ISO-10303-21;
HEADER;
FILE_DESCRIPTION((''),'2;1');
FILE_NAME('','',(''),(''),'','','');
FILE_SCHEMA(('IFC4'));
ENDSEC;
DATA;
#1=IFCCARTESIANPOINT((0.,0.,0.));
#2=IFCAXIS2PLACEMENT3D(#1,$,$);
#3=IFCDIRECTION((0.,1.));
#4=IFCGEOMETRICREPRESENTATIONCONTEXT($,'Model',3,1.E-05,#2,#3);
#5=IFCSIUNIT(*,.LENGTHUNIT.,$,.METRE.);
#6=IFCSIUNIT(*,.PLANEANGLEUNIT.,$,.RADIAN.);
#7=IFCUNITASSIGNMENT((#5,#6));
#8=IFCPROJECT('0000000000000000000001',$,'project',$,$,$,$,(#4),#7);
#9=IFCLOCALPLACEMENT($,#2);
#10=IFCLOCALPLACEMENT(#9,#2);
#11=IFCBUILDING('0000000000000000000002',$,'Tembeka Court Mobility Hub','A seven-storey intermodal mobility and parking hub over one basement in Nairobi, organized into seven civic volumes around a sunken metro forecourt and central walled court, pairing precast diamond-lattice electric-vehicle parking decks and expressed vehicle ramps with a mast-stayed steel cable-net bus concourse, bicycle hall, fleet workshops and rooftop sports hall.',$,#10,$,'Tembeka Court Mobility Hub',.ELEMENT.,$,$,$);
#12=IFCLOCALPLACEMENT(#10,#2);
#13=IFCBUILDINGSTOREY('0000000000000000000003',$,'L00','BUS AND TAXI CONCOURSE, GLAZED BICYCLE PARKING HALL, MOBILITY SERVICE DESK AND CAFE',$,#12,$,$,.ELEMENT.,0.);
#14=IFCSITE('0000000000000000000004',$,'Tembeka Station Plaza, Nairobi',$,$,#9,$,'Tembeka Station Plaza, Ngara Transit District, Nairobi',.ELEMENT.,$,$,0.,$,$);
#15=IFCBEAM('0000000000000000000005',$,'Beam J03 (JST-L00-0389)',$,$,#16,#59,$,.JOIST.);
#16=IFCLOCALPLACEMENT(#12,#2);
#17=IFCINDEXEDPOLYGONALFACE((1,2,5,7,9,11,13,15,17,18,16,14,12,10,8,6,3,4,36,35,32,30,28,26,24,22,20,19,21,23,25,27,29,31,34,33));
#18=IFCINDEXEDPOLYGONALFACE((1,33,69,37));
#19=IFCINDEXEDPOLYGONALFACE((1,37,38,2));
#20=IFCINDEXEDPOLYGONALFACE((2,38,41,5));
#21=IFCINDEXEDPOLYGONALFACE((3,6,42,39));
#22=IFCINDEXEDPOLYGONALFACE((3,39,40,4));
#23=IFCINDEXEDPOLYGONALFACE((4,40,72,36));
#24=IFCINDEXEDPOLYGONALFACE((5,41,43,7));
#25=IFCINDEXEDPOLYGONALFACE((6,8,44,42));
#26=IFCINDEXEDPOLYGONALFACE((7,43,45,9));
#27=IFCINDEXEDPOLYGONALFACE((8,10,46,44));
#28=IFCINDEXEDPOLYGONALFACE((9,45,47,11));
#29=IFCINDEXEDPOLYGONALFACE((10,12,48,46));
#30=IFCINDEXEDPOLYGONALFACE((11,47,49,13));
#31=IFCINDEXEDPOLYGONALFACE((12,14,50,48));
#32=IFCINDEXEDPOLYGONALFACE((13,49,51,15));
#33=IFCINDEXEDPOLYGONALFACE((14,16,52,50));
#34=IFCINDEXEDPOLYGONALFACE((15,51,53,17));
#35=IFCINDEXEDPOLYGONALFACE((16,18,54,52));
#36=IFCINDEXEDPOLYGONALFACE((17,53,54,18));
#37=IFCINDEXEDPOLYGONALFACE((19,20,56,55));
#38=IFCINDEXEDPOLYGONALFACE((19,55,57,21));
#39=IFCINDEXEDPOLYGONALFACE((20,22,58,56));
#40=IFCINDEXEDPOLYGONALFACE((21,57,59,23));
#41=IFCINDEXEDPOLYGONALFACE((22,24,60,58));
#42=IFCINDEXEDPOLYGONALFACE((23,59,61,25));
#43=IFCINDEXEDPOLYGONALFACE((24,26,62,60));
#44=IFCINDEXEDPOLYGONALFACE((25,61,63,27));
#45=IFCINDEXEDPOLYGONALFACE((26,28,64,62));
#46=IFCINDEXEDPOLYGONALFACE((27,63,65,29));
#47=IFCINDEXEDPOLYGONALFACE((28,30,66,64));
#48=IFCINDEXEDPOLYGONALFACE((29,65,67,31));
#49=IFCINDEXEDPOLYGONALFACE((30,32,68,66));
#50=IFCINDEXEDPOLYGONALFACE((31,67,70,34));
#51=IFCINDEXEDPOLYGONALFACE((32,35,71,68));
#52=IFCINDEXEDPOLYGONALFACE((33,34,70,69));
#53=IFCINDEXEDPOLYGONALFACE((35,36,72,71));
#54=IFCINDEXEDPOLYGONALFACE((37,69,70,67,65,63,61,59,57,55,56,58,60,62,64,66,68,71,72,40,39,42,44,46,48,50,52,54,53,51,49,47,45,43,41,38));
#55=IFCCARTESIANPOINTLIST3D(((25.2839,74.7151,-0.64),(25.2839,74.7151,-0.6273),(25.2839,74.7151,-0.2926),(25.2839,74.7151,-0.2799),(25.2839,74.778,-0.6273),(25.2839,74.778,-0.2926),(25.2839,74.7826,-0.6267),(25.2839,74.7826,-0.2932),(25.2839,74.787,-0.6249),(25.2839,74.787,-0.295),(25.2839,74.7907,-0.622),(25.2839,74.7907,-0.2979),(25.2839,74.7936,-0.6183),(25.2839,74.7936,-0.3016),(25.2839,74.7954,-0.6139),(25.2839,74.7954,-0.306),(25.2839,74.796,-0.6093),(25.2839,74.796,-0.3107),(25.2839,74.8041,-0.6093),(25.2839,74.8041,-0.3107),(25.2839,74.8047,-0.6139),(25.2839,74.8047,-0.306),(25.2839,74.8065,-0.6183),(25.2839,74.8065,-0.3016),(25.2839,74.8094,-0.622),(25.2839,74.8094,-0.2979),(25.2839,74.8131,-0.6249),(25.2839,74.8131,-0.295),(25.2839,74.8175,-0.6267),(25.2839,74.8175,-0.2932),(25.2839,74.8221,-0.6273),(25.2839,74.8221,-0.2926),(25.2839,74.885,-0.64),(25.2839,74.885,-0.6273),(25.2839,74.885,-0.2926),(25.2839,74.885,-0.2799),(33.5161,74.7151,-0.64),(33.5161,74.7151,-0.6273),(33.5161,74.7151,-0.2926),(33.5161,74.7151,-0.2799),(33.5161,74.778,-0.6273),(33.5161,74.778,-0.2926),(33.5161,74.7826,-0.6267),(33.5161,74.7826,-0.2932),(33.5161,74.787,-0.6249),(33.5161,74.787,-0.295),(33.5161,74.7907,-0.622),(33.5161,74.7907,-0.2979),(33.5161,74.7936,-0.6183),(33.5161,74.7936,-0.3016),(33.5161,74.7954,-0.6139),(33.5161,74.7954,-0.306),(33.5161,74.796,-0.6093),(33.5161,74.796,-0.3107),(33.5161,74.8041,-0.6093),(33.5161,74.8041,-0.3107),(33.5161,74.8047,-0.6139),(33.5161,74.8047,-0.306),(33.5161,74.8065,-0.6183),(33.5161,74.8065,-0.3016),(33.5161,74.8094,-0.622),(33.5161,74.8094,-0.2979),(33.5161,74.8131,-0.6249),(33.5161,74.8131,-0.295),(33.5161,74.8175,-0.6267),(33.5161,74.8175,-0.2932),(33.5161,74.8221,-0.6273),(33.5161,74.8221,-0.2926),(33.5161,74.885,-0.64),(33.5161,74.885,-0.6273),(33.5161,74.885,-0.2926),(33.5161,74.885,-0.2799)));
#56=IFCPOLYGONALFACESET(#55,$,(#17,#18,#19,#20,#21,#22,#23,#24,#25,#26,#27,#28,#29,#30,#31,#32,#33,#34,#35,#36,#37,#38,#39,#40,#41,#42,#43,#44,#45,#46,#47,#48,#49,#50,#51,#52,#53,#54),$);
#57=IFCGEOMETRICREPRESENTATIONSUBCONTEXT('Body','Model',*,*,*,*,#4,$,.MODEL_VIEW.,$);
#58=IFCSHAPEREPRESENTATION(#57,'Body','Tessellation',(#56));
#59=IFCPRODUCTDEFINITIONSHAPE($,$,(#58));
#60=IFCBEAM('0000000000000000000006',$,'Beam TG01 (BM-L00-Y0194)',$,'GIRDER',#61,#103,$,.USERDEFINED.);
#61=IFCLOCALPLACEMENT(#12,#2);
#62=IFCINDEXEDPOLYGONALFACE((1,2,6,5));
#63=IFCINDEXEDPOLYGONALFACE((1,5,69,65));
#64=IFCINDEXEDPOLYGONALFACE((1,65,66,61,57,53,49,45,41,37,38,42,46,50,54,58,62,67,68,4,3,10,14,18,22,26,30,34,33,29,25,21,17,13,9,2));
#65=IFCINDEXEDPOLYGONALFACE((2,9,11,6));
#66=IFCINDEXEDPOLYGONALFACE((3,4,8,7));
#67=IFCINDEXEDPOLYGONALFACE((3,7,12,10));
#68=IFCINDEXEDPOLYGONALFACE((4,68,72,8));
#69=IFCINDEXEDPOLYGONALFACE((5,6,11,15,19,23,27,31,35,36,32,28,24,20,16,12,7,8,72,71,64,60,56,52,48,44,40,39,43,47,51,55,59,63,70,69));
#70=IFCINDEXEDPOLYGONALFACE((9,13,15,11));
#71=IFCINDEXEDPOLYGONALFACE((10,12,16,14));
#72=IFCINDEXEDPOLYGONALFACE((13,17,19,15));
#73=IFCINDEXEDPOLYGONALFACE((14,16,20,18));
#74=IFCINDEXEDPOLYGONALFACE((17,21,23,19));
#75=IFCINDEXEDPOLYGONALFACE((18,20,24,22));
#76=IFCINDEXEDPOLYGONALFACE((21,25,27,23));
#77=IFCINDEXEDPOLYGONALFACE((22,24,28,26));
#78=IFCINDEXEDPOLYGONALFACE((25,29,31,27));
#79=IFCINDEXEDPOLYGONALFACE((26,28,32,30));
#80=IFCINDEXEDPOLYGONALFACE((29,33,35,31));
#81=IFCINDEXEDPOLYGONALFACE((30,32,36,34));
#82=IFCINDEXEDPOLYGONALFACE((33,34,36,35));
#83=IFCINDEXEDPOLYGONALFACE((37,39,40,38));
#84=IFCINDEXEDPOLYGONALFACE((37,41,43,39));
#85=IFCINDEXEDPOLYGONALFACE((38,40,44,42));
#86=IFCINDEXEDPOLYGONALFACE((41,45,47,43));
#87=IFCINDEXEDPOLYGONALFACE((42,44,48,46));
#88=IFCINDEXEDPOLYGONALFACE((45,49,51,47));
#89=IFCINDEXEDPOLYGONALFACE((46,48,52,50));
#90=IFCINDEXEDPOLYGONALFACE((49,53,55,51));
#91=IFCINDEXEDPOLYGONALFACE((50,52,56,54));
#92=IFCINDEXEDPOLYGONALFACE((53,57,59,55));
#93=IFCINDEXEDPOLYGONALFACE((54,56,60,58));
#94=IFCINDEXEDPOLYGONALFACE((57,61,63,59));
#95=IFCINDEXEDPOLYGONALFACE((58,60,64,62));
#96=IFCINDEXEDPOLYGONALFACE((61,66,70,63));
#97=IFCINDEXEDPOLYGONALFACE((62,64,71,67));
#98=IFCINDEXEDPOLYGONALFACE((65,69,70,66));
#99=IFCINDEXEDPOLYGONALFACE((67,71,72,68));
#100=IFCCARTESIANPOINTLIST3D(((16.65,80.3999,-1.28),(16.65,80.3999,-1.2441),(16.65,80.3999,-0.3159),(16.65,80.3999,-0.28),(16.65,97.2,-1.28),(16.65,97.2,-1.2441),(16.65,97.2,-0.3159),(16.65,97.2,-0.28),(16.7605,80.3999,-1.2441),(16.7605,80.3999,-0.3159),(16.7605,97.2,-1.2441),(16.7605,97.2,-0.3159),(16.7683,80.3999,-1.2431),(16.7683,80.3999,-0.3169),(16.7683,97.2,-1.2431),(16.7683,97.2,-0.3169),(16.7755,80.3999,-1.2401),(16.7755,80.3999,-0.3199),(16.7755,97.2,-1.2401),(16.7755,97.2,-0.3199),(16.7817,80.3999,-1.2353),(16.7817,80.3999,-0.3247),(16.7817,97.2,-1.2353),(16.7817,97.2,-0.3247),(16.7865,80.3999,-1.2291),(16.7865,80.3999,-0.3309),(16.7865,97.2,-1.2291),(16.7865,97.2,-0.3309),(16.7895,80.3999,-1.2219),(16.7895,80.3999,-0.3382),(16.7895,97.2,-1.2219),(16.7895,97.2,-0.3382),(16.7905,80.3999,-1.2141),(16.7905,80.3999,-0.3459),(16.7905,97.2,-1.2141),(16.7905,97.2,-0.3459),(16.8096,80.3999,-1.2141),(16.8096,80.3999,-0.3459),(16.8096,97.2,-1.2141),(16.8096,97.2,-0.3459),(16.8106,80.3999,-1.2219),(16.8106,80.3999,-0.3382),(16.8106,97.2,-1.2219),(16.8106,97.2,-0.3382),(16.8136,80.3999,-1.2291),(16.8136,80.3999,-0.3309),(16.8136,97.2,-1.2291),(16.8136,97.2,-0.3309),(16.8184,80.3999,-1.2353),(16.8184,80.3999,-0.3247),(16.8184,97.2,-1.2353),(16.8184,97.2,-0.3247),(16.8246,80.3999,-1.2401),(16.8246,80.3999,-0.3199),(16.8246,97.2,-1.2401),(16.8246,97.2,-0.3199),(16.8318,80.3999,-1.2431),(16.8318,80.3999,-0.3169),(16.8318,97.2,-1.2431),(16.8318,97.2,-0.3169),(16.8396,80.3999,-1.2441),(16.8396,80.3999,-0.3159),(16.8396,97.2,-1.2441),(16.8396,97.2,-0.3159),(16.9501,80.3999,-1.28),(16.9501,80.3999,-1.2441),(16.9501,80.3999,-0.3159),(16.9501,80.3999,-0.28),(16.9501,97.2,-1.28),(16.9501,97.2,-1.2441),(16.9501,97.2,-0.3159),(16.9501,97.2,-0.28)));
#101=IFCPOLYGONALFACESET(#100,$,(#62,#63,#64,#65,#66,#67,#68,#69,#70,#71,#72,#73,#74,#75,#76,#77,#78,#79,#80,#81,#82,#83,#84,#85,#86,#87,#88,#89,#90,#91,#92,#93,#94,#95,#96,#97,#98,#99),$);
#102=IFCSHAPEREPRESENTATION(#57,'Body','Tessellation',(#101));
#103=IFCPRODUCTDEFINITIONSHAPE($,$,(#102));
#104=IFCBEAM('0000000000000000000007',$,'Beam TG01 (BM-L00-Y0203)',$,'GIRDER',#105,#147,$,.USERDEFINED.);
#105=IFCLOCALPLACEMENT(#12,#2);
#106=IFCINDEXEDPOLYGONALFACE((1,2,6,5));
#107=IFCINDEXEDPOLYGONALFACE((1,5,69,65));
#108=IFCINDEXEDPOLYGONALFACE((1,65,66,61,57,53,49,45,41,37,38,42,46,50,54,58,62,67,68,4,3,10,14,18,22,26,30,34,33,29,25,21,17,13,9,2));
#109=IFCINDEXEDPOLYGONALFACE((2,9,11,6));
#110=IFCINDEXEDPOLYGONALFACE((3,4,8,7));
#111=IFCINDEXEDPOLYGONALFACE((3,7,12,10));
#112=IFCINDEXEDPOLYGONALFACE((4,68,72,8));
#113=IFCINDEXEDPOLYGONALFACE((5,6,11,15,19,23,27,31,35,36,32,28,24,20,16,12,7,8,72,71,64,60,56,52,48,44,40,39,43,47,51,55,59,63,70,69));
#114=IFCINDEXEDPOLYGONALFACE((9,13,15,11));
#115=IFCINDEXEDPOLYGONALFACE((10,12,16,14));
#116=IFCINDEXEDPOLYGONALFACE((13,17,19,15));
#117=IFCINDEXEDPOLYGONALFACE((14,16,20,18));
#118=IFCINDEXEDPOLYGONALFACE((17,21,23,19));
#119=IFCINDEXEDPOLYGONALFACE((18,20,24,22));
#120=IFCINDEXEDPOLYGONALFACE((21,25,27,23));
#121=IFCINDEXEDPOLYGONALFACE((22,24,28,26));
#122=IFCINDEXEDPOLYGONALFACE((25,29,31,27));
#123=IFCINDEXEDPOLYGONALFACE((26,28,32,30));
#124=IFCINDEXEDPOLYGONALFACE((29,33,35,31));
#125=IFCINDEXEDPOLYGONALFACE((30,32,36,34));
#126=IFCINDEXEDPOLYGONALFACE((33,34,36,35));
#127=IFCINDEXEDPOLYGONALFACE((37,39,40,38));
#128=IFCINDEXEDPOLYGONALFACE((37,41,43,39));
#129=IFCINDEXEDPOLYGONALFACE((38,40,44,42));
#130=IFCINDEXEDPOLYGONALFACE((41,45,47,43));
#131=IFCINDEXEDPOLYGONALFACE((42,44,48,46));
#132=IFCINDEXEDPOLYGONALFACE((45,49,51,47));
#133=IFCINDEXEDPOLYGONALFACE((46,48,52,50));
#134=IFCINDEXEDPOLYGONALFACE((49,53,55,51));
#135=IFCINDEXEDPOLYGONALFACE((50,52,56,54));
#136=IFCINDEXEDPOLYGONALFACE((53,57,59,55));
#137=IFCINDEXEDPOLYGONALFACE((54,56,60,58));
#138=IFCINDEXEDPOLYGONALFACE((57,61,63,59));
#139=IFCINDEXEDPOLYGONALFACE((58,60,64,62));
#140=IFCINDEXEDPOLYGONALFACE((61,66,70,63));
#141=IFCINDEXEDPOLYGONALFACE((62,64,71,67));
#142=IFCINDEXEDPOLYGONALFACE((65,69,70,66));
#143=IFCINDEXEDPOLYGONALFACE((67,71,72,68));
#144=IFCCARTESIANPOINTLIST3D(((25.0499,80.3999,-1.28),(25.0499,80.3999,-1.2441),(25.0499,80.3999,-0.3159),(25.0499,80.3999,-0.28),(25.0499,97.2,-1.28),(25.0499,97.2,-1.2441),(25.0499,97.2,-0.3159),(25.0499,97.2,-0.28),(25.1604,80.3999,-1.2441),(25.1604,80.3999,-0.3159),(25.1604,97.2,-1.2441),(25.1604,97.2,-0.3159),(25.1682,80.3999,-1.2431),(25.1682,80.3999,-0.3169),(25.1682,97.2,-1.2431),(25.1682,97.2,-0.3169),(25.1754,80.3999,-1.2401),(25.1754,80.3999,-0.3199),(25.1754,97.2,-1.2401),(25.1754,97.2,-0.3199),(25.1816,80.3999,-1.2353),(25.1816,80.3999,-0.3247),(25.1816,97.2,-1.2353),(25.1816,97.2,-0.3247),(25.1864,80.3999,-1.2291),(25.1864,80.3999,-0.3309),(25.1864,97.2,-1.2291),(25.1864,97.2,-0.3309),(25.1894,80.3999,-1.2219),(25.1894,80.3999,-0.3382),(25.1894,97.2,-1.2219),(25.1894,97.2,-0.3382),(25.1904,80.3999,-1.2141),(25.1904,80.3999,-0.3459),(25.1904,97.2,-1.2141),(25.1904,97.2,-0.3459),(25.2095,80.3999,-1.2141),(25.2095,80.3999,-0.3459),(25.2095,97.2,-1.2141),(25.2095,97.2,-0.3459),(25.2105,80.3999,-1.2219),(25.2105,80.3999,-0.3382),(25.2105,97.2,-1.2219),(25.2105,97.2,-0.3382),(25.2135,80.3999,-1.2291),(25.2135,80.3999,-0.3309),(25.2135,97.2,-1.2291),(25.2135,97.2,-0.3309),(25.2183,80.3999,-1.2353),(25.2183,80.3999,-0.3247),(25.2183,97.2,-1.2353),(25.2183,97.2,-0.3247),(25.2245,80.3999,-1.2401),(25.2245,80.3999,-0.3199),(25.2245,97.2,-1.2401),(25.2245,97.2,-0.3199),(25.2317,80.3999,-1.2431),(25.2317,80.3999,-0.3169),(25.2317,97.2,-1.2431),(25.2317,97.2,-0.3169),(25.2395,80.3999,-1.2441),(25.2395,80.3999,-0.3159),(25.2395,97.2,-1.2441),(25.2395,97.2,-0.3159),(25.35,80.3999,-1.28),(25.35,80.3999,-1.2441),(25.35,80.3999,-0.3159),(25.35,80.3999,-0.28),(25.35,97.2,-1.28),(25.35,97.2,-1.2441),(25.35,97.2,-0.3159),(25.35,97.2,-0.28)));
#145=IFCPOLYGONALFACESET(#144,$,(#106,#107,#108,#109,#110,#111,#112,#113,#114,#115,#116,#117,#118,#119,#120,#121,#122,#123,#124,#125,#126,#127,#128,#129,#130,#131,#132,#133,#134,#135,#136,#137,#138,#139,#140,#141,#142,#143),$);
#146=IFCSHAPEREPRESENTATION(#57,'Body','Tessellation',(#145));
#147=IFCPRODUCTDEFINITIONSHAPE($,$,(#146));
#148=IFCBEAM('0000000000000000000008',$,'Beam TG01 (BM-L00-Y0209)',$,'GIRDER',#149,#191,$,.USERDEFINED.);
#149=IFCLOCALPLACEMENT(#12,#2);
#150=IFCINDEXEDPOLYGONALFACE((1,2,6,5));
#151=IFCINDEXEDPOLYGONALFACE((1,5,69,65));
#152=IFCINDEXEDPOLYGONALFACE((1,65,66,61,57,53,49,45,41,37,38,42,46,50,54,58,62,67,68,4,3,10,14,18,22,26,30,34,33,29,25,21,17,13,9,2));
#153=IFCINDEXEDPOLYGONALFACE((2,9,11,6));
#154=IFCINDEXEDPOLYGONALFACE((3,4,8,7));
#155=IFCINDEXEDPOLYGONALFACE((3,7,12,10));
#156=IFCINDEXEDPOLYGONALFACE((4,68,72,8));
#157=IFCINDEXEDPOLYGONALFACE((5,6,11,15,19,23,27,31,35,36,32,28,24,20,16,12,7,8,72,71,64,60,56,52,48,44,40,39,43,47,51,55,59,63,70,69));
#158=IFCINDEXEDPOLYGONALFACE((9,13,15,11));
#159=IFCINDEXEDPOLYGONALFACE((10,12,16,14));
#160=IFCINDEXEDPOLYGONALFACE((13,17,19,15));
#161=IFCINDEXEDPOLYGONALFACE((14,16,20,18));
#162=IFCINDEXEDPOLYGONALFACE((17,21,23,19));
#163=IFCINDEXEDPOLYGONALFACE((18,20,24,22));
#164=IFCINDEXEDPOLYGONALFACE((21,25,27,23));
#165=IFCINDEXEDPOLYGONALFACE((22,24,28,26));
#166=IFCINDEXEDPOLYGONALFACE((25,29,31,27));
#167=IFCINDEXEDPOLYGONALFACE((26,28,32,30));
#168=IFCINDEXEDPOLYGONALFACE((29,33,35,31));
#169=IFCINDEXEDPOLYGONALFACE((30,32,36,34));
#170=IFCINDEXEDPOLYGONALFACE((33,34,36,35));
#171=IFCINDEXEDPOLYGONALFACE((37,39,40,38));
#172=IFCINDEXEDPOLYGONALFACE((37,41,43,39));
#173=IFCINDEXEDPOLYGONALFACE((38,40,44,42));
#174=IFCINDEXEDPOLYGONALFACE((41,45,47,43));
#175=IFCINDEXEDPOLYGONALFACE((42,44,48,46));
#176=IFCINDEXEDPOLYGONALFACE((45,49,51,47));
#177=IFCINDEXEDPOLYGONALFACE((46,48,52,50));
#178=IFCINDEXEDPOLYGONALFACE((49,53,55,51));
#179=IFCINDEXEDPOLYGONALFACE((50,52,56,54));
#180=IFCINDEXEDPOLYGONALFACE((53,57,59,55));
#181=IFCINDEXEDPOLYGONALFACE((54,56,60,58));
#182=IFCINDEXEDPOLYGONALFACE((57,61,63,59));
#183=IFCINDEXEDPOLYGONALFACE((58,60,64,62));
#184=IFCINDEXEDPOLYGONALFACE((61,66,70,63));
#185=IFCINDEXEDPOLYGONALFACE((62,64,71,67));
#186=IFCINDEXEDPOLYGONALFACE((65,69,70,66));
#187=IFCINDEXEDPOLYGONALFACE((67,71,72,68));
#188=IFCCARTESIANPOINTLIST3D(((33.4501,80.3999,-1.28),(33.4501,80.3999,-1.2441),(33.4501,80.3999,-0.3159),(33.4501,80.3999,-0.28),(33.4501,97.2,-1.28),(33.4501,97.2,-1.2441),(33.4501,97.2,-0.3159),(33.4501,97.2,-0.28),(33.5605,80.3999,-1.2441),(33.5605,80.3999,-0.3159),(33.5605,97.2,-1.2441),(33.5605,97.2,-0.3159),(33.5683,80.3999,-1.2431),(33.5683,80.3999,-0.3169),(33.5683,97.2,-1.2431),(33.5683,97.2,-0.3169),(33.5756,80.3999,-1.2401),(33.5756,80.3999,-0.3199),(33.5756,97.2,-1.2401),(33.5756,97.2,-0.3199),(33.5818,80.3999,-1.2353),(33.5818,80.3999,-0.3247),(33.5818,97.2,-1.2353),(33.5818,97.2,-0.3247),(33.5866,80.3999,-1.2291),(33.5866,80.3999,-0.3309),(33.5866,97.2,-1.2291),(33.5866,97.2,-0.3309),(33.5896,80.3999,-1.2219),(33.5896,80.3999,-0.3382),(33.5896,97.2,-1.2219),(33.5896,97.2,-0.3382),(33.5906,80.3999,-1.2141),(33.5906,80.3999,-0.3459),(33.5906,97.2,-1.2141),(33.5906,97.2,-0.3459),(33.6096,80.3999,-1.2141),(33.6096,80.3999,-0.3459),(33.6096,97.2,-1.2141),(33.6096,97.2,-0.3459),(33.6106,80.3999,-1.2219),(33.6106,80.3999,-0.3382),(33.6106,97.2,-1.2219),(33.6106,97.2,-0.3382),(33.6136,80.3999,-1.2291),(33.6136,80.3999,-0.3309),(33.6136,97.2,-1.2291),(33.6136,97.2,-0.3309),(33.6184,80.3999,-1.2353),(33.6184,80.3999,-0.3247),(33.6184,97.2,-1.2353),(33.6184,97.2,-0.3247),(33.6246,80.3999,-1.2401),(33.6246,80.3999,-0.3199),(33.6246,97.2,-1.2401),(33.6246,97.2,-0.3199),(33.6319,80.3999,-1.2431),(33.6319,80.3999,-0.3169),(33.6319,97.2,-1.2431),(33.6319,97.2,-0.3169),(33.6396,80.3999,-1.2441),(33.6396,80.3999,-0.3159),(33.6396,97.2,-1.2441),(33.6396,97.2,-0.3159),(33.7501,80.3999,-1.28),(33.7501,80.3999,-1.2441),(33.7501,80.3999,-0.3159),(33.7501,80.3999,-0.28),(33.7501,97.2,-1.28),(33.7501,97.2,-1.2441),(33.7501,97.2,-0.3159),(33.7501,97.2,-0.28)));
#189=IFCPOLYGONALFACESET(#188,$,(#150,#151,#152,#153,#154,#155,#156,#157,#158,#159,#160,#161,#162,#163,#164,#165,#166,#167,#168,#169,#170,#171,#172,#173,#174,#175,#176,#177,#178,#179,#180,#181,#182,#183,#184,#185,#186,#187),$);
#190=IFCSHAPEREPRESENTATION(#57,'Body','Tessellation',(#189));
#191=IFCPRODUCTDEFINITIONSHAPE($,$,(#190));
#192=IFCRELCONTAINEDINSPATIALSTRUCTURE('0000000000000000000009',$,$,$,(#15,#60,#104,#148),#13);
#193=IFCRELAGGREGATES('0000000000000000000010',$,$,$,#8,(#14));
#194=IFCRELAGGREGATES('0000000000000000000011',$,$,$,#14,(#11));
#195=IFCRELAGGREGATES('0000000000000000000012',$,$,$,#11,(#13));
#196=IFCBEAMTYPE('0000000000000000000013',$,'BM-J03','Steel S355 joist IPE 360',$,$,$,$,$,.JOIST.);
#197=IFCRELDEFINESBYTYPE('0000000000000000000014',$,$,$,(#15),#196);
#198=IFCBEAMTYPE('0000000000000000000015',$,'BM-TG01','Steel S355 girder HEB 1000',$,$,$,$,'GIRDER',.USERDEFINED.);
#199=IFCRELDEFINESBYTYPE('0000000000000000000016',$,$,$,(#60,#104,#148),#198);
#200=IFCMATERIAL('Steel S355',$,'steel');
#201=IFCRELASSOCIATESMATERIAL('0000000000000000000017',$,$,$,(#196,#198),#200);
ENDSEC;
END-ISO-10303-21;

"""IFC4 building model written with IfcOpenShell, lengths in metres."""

from ifc_helpers import new_model, si_unit, direction, frame, origin, origin_2d, place, context, subcontext, project, spatial, i_section, extrude, material, material_profile, profile_set, type_object, element, save


model = new_model("IFC4")

# Units and contexts
model_context = context("Model", 3, precision=1e-05, world=origin(), true_north=direction((0.0, 1.0)))
body_context = subcontext(model_context, "Body", "Model", "MODEL_VIEW")
ifc_project = project(units=[si_unit("LENGTHUNIT", "METRE"), si_unit("PLANEANGLEUNIT", "RADIAN")], contexts=[model_context])

# Site, building, storey
site_placement = place(None, origin())
site = spatial("IfcSite", under=ifc_project, at=site_placement, Name="Tembeka Station Plaza, Nairobi", LongName="Tembeka Station Plaza, Ngara Transit District, Nairobi", CompositionType="ELEMENT", RefElevation=0.0)
building_placement = place(site_placement, origin())
building = spatial("IfcBuilding", under=site, at=building_placement, Name="Tembeka Court Mobility Hub", Description="A seven-storey intermodal mobility and parking hub over one basement in Nairobi, organized into seven civic volumes around a sunken metro forecourt and central walled court, pairing precast diamond-lattice electric-vehicle parking decks and expressed vehicle ramps with a mast-stayed steel cable-net bus concourse, bicycle hall, fleet workshops and rooftop sports hall.", LongName="Tembeka Court Mobility Hub", CompositionType="ELEMENT")
storey_placement = place(building_placement, origin())
storey = spatial("IfcBuildingStorey", under=building, at=storey_placement, Name="L00", Description="BUS AND TAXI CONCOURSE, GLAZED BICYCLE PARKING HALL, MOBILITY SERVICE DESK AND CAFE", CompositionType="ELEMENT", Elevation=0.0)

# Shared definitions
ifc_material = material(Name="Steel S355", Category="steel")

# Beams
ifc_material_profile_1 = material_profile(ifc_material, i_section(OverallWidth=0.1699, OverallDepth=0.3601, WebThickness=0.0081, FlangeThickness=0.0127, FilletRadius=0.0181, at=origin_2d()), Name="IPE 360")
ifc_profile_set_1 = profile_set([ifc_material_profile_1], Name="Steel S355")
beam_type_1 = type_object("IfcBeamType", Name="BM-J03", Description="Steel S355 joist IPE 360", PredefinedType="JOIST", material=ifc_profile_set_1)
beam_1_placement = place(storey_placement, frame((25.2839, 74.8, -0.46), z_axis=(1.0, 0.0, 0.0), x_axis=(0.0, 1.0, 0.0)))
element("IfcBeam", 1, at=beam_1_placement, inside=storey, type_object=beam_type_1, Name="Beam J03 (JST-L00-0389)", PredefinedType="JOIST", context=body_context, shape_type="SweptSolid", body=[
    extrude(i_section(OverallWidth=0.1699, OverallDepth=0.3601, WebThickness=0.0081, FlangeThickness=0.0127, FilletRadius=0.0181, at=origin_2d()), origin(), (0.0, 0.0, 1.0), 8.2322),
])
ifc_material_profile_2 = material_profile(ifc_material, i_section(OverallWidth=0.3, OverallDepth=1.0, WebThickness=0.019, FlangeThickness=0.0359, FilletRadius=0.03, at=origin_2d()), Name="HEB 1000")
ifc_profile_set_2 = profile_set([ifc_material_profile_2], Name="Steel S355")
beam_type_2 = type_object("IfcBeamType", Name="BM-TG01", Description="Steel S355 girder HEB 1000", ElementType="GIRDER", PredefinedType="USERDEFINED", material=ifc_profile_set_2)
for number, where, z_axis, x_axis, name in (
    (2, (16.8, 80.3999, -0.78), (0.0, 1.0, 0.0), (-1.0, 0.0, 0.0), "Beam TG01 (BM-L00-Y0194)"),
    (3, (25.2, 80.3999, -0.78), (0.0, 1.0, 0.0), (-1.0, 0.0, 0.0), "Beam TG01 (BM-L00-Y0203)"),
    (4, (33.6001, 80.3999, -0.78), (0.0, 1.0, 0.0), (-1.0, 0.0, 0.0), "Beam TG01 (BM-L00-Y0209)"),
):
    element("IfcBeam", number, at=place(storey_placement, frame(where, z_axis=z_axis, x_axis=x_axis)), inside=storey, type_object=beam_type_2, Name=name, ObjectType="GIRDER", PredefinedType="USERDEFINED", context=body_context, shape_type="SweptSolid", body=[
        extrude(i_section(OverallWidth=0.3, OverallDepth=1.0, WebThickness=0.019, FlangeThickness=0.0359, FilletRadius=0.03, at=origin_2d()), origin(), (0.0, 0.0, 1.0), 16.8),
    ])

save(model, "model.ifc")
